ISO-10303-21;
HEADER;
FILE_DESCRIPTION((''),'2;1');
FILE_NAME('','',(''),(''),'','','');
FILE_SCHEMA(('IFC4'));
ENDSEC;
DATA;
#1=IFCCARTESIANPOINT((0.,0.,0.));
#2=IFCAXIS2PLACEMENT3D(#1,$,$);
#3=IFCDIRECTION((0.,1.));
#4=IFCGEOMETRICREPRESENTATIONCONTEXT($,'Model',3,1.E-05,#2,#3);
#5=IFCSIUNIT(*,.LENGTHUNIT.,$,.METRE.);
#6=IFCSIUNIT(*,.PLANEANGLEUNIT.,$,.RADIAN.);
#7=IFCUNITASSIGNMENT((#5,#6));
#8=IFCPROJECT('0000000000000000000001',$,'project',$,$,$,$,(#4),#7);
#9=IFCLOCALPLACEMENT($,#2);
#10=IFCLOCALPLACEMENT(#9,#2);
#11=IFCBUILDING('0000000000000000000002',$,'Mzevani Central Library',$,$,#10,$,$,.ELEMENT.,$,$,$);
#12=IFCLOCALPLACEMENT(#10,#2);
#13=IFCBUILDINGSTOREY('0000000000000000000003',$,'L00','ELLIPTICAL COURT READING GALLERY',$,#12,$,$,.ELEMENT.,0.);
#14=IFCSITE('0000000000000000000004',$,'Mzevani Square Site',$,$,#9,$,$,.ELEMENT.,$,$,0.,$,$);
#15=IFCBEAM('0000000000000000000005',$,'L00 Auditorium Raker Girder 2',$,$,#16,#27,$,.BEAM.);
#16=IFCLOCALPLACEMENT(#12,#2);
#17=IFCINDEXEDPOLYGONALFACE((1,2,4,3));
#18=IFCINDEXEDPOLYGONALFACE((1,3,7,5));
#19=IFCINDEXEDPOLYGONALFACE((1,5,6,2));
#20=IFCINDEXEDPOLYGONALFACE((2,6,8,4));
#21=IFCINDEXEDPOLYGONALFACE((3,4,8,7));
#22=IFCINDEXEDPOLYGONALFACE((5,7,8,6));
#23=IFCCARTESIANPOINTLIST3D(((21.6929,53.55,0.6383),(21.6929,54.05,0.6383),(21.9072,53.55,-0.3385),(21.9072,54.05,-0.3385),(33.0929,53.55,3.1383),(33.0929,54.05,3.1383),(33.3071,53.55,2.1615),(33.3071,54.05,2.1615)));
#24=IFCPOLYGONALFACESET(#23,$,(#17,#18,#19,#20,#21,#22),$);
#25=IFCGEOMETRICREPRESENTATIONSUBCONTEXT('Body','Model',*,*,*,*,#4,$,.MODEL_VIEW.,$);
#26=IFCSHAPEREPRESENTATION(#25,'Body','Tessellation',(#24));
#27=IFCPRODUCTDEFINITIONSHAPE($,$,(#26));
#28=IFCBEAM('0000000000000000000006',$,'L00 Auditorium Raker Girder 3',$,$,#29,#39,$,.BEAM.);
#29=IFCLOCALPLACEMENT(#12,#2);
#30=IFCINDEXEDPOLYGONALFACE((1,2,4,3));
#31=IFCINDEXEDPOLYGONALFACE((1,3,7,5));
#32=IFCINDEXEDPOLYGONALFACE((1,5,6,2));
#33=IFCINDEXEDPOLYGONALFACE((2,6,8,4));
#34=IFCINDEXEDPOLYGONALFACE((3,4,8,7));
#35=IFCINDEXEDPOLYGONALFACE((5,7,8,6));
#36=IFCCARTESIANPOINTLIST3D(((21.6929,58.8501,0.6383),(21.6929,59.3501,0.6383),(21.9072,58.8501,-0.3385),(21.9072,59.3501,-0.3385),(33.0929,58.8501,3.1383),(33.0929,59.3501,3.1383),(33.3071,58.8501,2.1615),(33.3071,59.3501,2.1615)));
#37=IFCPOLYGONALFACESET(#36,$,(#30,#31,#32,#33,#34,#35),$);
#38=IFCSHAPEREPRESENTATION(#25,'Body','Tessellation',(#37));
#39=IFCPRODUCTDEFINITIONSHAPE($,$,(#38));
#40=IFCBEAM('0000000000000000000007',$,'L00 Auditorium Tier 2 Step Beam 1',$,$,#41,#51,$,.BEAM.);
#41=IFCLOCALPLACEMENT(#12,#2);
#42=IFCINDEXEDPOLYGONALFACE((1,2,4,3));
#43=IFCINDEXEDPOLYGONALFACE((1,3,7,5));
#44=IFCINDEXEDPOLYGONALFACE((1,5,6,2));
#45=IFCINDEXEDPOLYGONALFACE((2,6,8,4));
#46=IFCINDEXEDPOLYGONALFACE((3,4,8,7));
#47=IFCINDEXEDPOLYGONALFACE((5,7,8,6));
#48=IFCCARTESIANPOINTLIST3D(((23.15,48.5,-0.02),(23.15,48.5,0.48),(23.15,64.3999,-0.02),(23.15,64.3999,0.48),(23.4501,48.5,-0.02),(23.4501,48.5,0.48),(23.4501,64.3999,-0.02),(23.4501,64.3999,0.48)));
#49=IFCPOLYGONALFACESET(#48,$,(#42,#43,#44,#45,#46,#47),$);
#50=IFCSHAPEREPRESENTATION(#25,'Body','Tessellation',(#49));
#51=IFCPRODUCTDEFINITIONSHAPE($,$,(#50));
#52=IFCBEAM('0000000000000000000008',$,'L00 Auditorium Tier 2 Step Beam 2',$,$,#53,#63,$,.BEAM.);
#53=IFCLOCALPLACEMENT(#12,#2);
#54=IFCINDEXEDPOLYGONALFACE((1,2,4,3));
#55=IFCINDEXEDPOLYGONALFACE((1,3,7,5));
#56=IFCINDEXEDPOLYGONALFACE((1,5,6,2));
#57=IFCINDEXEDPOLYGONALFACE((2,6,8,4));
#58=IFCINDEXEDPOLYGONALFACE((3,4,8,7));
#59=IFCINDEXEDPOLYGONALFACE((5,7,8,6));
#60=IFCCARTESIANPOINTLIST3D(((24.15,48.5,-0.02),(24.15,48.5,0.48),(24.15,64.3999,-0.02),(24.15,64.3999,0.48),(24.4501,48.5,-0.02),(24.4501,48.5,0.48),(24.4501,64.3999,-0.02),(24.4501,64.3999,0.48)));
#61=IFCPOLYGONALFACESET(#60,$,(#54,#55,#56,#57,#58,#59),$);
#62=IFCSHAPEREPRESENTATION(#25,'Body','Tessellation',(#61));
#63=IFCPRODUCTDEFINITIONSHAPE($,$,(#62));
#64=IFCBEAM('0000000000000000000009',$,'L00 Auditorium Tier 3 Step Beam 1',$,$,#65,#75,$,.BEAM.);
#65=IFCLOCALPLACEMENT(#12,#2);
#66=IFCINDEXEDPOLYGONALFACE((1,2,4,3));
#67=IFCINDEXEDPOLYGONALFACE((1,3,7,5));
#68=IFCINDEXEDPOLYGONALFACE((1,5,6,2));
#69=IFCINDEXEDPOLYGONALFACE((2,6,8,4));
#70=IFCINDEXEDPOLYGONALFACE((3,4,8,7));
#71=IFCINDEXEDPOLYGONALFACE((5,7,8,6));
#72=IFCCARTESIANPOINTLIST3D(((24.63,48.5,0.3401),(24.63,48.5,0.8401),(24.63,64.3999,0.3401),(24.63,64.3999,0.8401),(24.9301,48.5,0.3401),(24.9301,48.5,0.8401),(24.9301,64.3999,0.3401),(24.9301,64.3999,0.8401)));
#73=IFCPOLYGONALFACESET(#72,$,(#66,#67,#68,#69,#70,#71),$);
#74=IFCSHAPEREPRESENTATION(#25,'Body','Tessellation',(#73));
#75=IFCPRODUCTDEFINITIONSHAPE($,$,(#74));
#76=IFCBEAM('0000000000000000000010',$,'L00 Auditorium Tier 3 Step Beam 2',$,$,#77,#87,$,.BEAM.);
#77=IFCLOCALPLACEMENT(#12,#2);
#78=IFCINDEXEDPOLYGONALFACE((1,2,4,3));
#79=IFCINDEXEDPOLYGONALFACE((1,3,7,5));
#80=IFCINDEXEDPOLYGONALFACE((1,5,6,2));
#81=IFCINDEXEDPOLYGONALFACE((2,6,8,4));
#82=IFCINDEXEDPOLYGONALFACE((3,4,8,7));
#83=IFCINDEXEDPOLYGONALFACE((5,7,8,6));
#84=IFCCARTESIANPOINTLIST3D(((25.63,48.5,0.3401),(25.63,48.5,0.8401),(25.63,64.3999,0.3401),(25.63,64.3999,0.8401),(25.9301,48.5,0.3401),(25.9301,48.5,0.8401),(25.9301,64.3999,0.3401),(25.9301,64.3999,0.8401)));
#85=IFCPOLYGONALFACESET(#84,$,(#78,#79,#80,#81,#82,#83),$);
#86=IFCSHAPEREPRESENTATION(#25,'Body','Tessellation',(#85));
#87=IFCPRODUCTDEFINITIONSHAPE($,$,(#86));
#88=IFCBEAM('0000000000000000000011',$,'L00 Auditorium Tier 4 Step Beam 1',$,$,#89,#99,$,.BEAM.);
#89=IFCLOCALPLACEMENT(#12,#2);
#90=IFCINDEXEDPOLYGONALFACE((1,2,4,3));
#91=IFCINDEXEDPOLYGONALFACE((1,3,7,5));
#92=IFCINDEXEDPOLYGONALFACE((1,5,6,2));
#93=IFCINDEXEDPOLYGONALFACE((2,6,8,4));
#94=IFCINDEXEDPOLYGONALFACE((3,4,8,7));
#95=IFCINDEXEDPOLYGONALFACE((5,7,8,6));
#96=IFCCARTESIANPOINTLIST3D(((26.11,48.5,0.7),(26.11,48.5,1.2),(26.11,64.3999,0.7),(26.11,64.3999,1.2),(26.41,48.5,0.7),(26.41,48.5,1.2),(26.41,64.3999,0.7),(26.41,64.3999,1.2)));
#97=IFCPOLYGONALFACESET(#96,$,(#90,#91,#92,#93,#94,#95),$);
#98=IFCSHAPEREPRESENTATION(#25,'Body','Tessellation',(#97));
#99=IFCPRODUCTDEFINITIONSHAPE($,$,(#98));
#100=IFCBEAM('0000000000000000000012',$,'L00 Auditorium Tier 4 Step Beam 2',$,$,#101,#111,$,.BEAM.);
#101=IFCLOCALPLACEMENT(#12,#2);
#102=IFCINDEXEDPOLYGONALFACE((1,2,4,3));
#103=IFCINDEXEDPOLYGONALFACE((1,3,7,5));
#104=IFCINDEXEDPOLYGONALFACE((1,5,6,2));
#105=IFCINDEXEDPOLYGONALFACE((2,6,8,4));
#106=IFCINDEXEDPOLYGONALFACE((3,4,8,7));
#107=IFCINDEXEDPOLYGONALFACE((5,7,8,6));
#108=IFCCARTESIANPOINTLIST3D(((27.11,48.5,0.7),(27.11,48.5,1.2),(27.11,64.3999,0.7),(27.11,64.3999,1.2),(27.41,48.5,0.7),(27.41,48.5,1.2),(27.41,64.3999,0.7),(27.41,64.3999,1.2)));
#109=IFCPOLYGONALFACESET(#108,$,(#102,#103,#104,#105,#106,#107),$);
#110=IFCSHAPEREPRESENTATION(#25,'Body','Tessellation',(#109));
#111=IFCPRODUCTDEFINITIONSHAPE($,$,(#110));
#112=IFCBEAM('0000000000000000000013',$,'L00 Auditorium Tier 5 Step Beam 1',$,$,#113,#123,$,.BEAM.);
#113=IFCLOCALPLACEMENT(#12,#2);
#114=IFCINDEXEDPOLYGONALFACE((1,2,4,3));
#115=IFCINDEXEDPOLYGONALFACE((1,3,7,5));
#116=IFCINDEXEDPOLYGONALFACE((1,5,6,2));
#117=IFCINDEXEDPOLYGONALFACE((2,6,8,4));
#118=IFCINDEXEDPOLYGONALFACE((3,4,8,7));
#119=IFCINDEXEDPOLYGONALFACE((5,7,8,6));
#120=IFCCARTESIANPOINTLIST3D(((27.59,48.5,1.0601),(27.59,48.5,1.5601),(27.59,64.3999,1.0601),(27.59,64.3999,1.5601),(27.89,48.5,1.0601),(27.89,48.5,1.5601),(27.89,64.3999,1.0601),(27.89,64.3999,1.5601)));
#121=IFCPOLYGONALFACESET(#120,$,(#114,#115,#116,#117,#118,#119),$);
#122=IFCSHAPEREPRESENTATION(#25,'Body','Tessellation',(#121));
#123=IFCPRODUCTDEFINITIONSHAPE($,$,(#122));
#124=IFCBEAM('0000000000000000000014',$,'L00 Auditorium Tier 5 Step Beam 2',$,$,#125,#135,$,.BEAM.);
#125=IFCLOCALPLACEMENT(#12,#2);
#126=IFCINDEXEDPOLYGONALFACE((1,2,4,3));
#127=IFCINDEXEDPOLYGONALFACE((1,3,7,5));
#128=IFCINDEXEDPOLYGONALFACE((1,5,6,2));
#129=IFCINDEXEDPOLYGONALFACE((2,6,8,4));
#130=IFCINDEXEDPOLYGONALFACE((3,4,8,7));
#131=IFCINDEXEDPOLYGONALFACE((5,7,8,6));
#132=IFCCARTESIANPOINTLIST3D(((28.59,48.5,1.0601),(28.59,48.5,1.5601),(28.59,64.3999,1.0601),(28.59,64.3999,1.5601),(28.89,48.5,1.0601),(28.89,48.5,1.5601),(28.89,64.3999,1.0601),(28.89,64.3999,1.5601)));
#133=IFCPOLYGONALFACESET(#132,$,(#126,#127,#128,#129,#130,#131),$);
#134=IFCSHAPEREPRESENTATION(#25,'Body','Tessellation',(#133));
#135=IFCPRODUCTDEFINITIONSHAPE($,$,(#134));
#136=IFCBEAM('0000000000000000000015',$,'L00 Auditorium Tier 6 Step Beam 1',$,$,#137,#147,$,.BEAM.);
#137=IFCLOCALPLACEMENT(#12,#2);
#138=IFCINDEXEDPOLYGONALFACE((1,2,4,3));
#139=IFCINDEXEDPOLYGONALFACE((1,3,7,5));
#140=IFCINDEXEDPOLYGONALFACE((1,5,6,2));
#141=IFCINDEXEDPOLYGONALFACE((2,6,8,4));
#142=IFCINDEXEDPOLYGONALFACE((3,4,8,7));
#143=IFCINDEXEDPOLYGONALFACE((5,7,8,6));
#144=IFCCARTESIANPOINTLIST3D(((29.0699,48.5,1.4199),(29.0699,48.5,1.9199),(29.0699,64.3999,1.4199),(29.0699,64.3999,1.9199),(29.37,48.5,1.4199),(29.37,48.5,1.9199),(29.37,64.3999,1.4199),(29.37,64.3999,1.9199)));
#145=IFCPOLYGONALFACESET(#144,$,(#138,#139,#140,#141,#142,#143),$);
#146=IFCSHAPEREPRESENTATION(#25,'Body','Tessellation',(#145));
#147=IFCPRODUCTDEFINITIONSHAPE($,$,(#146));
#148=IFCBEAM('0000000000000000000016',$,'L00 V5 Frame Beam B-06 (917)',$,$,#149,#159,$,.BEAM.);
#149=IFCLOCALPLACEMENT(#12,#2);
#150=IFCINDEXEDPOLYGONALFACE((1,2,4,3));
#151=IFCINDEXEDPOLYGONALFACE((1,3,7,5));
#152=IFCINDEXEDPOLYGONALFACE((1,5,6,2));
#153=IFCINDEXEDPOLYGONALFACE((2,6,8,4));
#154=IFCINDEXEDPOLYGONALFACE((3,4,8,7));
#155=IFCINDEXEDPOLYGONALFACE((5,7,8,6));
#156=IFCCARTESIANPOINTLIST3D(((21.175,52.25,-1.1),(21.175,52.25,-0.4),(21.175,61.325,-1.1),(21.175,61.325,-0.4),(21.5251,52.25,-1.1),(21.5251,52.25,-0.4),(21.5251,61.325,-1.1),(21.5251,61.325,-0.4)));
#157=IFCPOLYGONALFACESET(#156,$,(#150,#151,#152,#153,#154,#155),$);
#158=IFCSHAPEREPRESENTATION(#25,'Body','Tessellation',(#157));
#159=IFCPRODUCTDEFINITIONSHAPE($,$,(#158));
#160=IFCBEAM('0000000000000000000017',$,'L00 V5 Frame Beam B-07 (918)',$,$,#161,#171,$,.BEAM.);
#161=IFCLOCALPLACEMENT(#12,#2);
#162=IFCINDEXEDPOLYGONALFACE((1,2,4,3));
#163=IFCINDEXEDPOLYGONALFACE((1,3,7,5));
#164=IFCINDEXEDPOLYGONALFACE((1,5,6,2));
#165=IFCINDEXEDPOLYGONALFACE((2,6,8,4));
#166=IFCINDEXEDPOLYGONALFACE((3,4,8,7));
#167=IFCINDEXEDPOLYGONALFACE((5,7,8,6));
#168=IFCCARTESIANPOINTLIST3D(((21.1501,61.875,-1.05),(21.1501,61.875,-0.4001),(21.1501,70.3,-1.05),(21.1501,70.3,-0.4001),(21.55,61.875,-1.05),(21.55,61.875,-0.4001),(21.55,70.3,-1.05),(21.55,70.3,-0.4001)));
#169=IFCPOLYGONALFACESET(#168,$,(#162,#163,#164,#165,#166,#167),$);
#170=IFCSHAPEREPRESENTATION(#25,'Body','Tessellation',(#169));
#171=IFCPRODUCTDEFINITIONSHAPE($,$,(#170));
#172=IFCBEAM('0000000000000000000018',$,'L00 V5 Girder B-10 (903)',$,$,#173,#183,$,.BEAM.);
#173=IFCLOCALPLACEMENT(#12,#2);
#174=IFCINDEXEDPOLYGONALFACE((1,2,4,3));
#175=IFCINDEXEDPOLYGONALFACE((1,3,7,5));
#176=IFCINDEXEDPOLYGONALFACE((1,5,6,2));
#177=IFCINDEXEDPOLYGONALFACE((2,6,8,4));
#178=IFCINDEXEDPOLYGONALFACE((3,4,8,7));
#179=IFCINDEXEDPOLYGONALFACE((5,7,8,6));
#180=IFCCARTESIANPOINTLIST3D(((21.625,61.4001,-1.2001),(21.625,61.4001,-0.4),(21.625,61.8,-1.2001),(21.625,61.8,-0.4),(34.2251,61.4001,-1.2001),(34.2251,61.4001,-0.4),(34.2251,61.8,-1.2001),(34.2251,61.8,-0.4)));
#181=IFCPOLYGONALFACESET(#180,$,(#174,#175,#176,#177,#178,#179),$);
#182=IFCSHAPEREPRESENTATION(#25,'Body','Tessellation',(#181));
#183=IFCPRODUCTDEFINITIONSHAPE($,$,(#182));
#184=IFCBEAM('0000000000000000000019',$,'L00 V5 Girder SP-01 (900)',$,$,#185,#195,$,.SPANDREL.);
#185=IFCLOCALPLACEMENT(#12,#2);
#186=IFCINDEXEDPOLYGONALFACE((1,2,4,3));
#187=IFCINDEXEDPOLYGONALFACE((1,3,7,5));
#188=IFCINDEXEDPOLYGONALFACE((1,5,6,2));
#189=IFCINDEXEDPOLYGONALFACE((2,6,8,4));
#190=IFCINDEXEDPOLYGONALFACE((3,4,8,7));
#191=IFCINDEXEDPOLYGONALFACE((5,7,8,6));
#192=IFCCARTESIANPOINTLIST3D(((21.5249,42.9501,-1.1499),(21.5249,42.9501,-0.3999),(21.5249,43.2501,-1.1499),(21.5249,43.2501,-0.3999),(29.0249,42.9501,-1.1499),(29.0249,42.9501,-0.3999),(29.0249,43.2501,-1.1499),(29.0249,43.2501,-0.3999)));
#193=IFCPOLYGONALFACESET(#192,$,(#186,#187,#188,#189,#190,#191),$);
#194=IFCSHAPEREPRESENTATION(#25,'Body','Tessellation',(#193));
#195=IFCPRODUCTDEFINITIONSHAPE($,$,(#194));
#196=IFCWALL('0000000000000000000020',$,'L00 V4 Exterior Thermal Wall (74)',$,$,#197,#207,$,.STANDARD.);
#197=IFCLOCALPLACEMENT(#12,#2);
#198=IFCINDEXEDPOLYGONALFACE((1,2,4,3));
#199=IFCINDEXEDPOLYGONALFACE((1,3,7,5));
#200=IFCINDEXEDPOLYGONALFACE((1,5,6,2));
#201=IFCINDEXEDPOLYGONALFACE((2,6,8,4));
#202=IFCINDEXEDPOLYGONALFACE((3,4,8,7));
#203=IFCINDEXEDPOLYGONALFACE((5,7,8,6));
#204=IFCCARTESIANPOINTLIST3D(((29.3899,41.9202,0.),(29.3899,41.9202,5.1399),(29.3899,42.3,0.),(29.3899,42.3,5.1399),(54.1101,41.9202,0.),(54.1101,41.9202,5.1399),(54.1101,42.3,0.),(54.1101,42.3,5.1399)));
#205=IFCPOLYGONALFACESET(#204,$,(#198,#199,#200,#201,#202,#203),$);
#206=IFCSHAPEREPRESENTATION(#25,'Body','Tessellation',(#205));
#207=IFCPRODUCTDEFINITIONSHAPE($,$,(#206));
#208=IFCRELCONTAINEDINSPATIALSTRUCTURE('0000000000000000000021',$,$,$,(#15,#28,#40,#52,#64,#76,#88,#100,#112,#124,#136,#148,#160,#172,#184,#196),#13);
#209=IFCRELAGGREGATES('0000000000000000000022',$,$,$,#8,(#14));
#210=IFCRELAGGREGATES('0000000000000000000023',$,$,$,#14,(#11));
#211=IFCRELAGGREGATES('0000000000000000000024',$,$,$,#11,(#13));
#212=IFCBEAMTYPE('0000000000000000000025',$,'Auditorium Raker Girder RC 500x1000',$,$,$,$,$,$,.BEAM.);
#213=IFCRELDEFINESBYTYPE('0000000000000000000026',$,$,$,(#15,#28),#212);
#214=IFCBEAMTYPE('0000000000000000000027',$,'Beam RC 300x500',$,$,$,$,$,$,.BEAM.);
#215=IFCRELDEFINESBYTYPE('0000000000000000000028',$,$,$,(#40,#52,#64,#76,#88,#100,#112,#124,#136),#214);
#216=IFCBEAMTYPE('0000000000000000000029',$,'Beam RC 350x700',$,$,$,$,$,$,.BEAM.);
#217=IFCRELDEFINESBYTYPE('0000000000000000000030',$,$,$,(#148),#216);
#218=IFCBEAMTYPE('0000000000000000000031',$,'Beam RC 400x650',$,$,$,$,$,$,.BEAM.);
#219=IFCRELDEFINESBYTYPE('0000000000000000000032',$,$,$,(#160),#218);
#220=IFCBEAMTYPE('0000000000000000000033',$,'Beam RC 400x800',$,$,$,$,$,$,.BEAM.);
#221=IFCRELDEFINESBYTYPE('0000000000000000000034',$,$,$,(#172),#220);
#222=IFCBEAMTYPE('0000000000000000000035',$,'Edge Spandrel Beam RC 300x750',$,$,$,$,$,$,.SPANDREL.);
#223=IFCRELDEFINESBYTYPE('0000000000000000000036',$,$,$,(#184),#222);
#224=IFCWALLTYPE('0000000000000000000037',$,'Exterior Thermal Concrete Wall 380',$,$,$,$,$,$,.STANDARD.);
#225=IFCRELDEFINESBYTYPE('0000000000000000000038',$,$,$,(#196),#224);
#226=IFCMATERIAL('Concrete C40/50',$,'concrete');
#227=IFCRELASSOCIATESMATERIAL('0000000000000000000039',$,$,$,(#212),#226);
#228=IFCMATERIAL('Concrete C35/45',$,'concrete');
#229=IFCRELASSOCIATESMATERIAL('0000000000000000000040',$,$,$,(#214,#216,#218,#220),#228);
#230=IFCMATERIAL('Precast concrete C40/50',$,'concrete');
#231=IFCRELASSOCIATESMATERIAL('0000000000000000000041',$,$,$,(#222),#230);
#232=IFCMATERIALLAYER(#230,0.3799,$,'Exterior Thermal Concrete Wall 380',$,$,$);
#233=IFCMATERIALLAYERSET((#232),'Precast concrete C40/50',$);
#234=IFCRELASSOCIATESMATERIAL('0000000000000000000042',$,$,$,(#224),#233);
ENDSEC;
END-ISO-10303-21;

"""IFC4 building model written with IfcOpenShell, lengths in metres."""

from ifc_helpers import new_model, si_unit, direction, frame, frame_2d, origin, origin_2d, place, context, subcontext, project, spatial, rectangle, extrude, material, layer, layer_set, material_profile, profile_set, type_object, element, save


model = new_model("IFC4")

# Units and contexts
model_context = context("Model", 3, precision=1e-05, world=origin(), true_north=direction((0.0, 1.0)))
body_context = subcontext(model_context, "Body", "Model", "MODEL_VIEW")
ifc_project = project(units=[si_unit("LENGTHUNIT", "METRE"), si_unit("PLANEANGLEUNIT", "RADIAN")], contexts=[model_context])

# Site, building, storey
site_placement = place(None, origin())
site = spatial("IfcSite", under=ifc_project, at=site_placement, Name="Mzevani Square Site", CompositionType="ELEMENT", RefElevation=0.0)
building_placement = place(site_placement, origin())
building = spatial("IfcBuilding", under=site, at=building_placement, Name="Mzevani Central Library", CompositionType="ELEMENT")
storey_placement = place(building_placement, origin())
storey = spatial("IfcBuildingStorey", under=building, at=storey_placement, Name="L00", Description="ELLIPTICAL COURT READING GALLERY", CompositionType="ELEMENT", Elevation=0.0)

# Shared definitions
ifc_material_1 = material(Name="Concrete C40/50", Category="concrete")

# Beams
ifc_material_profile_1 = material_profile(ifc_material_1, rectangle(XDim=0.5, YDim=1.0, at=origin_2d()), Name="RC RK500x1000")
ifc_profile_set_1 = profile_set([ifc_material_profile_1], Name="Concrete C40/50")
beam_type_1 = type_object("IfcBeamType", Name="Auditorium Raker Girder RC 500x1000", PredefinedType="BEAM", material=ifc_profile_set_1)
for number, where, z_axis, x_axis, name in (
    (1, (21.8, 53.8, 0.1499), (0.976788, 0.0, 0.21421), (0.0, 1.0, 0.0), "L00 Auditorium Raker Girder 2"),
    (2, (21.8, 59.1001, 0.1499), (0.976788, 0.0, 0.21421), (0.0, 1.0, 0.0), "L00 Auditorium Raker Girder 3"),
):
    element("IfcBeam", number, at=place(storey_placement, frame(where, z_axis=z_axis, x_axis=x_axis)), inside=storey, type_object=beam_type_1, Name=name, PredefinedType="BEAM", context=body_context, shape_type="SweptSolid", body=[
        extrude(rectangle(XDim=0.5, YDim=1.0, at=origin_2d()), origin(), (0.0, 0.0, 1.0), 11.6709),
    ])
ifc_material_2 = material(Name="Concrete C35/45", Category="concrete")
ifc_material_profile_2 = material_profile(ifc_material_2, rectangle(XDim=0.3, YDim=0.5, at=origin_2d()), Name="RC B300x500")
ifc_profile_set_2 = profile_set([ifc_material_profile_2], Name="Concrete C35/45")
beam_type_2 = type_object("IfcBeamType", Name="Beam RC 300x500", PredefinedType="BEAM", material=ifc_profile_set_2)
for number, where, z_axis, x_axis, name in (
    (3, (23.3, 48.5, 0.23), (0.0, 1.0, 0.0), (-1.0, 0.0, 0.0), "L00 Auditorium Tier 2 Step Beam 1"),
    (4, (24.3, 48.5, 0.23), (0.0, 1.0, 0.0), (-1.0, 0.0, 0.0), "L00 Auditorium Tier 2 Step Beam 2"),
    (5, (24.78, 48.5, 0.5901), (0.0, 1.0, 0.0), (-1.0, 0.0, 0.0), "L00 Auditorium Tier 3 Step Beam 1"),
    (6, (25.78, 48.5, 0.5901), (0.0, 1.0, 0.0), (-1.0, 0.0, 0.0), "L00 Auditorium Tier 3 Step Beam 2"),
    (7, (26.26, 48.5, 0.95), (0.0, 1.0, 0.0), (-1.0, 0.0, 0.0), "L00 Auditorium Tier 4 Step Beam 1"),
    (8, (27.26, 48.5, 0.95), (0.0, 1.0, 0.0), (-1.0, 0.0, 0.0), "L00 Auditorium Tier 4 Step Beam 2"),
    (9, (27.74, 48.5, 1.3101), (0.0, 1.0, 0.0), (-1.0, 0.0, 0.0), "L00 Auditorium Tier 5 Step Beam 1"),
    (10, (28.74, 48.5, 1.3101), (0.0, 1.0, 0.0), (-1.0, 0.0, 0.0), "L00 Auditorium Tier 5 Step Beam 2"),
    (11, (29.22, 48.5, 1.6699), (0.0, 1.0, 0.0), (-1.0, 0.0, 0.0), "L00 Auditorium Tier 6 Step Beam 1"),
):
    element("IfcBeam", number, at=place(storey_placement, frame(where, z_axis=z_axis, x_axis=x_axis)), inside=storey, type_object=beam_type_2, Name=name, PredefinedType="BEAM", context=body_context, shape_type="SweptSolid", body=[
        extrude(rectangle(XDim=0.3, YDim=0.5, at=origin_2d()), origin(), (0.0, 0.0, 1.0), 15.8999),
    ])
ifc_material_profile_3 = material_profile(ifc_material_2, rectangle(XDim=0.3501, YDim=0.7, at=origin_2d()), Name="RC B350x700")
ifc_profile_set_3 = profile_set([ifc_material_profile_3], Name="Concrete C35/45")
beam_type_3 = type_object("IfcBeamType", Name="Beam RC 350x700", PredefinedType="BEAM", material=ifc_profile_set_3)
beam_1_placement = place(storey_placement, frame((21.3501, 52.25, -0.75), z_axis=(0.0, 1.0, 0.0), x_axis=(-1.0, 0.0, 0.0)))
element("IfcBeam", 12, at=beam_1_placement, inside=storey, type_object=beam_type_3, Name="L00 V5 Frame Beam B-06 (917)", PredefinedType="BEAM", context=body_context, shape_type="SweptSolid", body=[
    extrude(rectangle(XDim=0.3501, YDim=0.7, at=origin_2d()), origin(), (0.0, 0.0, 1.0), 9.075),
])
ifc_material_profile_4 = material_profile(ifc_material_2, rectangle(XDim=0.3999, YDim=0.6499, at=origin_2d()), Name="RC B400x650")
ifc_profile_set_4 = profile_set([ifc_material_profile_4], Name="Concrete C35/45")
beam_type_4 = type_object("IfcBeamType", Name="Beam RC 400x650", PredefinedType="BEAM", material=ifc_profile_set_4)
beam_2_placement = place(storey_placement, frame((21.3501, 61.875, -0.7251), z_axis=(0.0, 1.0, 0.0), x_axis=(-1.0, 0.0, 0.0)))
element("IfcBeam", 13, at=beam_2_placement, inside=storey, type_object=beam_type_4, Name="L00 V5 Frame Beam B-07 (918)", PredefinedType="BEAM", context=body_context, shape_type="SweptSolid", body=[
    extrude(rectangle(XDim=0.3999, YDim=0.6499, at=origin_2d()), origin(), (0.0, 0.0, 1.0), 8.425),
])
ifc_material_profile_5 = material_profile(ifc_material_2, rectangle(XDim=0.3999, YDim=0.8, at=origin_2d()), Name="RC B400x800")
ifc_profile_set_5 = profile_set([ifc_material_profile_5], Name="Concrete C35/45")
beam_type_5 = type_object("IfcBeamType", Name="Beam RC 400x800", PredefinedType="BEAM", material=ifc_profile_set_5)
beam_3_placement = place(storey_placement, frame((21.625, 61.6001, -0.8), z_axis=(1.0, 0.0, 0.0), x_axis=(0.0, 1.0, 0.0)))
element("IfcBeam", 14, at=beam_3_placement, inside=storey, type_object=beam_type_5, Name="L00 V5 Girder B-10 (903)", PredefinedType="BEAM", context=body_context, shape_type="SweptSolid", body=[
    extrude(rectangle(XDim=0.3999, YDim=0.8, at=origin_2d()), origin(), (0.0, 0.0, 1.0), 12.6001),
])
ifc_material_3 = material(Name="Precast concrete C40/50", Category="concrete")
ifc_material_profile_6 = material_profile(ifc_material_3, rectangle(XDim=0.3, YDim=0.75, at=origin_2d()), Name="RC SP300x750")
ifc_profile_set_6 = profile_set([ifc_material_profile_6], Name="Precast concrete C40/50")
beam_type_6 = type_object("IfcBeamType", Name="Edge Spandrel Beam RC 300x750", PredefinedType="SPANDREL", material=ifc_profile_set_6)
beam_4_placement = place(storey_placement, frame((21.5249, 43.1001, -0.7749), z_axis=(1.0, 0.0, 0.0), x_axis=(0.0, 1.0, 0.0)))
element("IfcBeam", 15, at=beam_4_placement, inside=storey, type_object=beam_type_6, Name="L00 V5 Girder SP-01 (900)", PredefinedType="SPANDREL", context=body_context, shape_type="SweptSolid", body=[
    extrude(rectangle(XDim=0.3, YDim=0.75, at=origin_2d()), origin(), (0.0, 0.0, 1.0), 7.5),
])

# Wall
ifc_layer_1 = layer(ifc_material_3, 0.3799, Name="Exterior Thermal Concrete Wall 380")
ifc_layer_set_1 = layer_set([ifc_layer_1], Name="Precast concrete C40/50")
wall_type = type_object("IfcWallType", Name="Exterior Thermal Concrete Wall 380", PredefinedType="STANDARD", material=ifc_layer_set_1)
wall_placement = place(storey_placement, frame((29.3899, 42.1101, 0.0), z_axis=(0.0, 0.0, 1.0), x_axis=(1.0, 0.0, 0.0)))
element("IfcWall", 16, at=wall_placement, inside=storey, type_object=wall_type, Name="L00 V4 Exterior Thermal Wall (74)", PredefinedType="STANDARD", context=body_context, shape_type="SweptSolid", body=[
    extrude(rectangle(XDim=24.7202, YDim=0.3799, at=frame_2d((12.3601, 0.0))), origin(), (0.0, 0.0, 1.0), 5.1399),
])

save(model, "model.ifc")
